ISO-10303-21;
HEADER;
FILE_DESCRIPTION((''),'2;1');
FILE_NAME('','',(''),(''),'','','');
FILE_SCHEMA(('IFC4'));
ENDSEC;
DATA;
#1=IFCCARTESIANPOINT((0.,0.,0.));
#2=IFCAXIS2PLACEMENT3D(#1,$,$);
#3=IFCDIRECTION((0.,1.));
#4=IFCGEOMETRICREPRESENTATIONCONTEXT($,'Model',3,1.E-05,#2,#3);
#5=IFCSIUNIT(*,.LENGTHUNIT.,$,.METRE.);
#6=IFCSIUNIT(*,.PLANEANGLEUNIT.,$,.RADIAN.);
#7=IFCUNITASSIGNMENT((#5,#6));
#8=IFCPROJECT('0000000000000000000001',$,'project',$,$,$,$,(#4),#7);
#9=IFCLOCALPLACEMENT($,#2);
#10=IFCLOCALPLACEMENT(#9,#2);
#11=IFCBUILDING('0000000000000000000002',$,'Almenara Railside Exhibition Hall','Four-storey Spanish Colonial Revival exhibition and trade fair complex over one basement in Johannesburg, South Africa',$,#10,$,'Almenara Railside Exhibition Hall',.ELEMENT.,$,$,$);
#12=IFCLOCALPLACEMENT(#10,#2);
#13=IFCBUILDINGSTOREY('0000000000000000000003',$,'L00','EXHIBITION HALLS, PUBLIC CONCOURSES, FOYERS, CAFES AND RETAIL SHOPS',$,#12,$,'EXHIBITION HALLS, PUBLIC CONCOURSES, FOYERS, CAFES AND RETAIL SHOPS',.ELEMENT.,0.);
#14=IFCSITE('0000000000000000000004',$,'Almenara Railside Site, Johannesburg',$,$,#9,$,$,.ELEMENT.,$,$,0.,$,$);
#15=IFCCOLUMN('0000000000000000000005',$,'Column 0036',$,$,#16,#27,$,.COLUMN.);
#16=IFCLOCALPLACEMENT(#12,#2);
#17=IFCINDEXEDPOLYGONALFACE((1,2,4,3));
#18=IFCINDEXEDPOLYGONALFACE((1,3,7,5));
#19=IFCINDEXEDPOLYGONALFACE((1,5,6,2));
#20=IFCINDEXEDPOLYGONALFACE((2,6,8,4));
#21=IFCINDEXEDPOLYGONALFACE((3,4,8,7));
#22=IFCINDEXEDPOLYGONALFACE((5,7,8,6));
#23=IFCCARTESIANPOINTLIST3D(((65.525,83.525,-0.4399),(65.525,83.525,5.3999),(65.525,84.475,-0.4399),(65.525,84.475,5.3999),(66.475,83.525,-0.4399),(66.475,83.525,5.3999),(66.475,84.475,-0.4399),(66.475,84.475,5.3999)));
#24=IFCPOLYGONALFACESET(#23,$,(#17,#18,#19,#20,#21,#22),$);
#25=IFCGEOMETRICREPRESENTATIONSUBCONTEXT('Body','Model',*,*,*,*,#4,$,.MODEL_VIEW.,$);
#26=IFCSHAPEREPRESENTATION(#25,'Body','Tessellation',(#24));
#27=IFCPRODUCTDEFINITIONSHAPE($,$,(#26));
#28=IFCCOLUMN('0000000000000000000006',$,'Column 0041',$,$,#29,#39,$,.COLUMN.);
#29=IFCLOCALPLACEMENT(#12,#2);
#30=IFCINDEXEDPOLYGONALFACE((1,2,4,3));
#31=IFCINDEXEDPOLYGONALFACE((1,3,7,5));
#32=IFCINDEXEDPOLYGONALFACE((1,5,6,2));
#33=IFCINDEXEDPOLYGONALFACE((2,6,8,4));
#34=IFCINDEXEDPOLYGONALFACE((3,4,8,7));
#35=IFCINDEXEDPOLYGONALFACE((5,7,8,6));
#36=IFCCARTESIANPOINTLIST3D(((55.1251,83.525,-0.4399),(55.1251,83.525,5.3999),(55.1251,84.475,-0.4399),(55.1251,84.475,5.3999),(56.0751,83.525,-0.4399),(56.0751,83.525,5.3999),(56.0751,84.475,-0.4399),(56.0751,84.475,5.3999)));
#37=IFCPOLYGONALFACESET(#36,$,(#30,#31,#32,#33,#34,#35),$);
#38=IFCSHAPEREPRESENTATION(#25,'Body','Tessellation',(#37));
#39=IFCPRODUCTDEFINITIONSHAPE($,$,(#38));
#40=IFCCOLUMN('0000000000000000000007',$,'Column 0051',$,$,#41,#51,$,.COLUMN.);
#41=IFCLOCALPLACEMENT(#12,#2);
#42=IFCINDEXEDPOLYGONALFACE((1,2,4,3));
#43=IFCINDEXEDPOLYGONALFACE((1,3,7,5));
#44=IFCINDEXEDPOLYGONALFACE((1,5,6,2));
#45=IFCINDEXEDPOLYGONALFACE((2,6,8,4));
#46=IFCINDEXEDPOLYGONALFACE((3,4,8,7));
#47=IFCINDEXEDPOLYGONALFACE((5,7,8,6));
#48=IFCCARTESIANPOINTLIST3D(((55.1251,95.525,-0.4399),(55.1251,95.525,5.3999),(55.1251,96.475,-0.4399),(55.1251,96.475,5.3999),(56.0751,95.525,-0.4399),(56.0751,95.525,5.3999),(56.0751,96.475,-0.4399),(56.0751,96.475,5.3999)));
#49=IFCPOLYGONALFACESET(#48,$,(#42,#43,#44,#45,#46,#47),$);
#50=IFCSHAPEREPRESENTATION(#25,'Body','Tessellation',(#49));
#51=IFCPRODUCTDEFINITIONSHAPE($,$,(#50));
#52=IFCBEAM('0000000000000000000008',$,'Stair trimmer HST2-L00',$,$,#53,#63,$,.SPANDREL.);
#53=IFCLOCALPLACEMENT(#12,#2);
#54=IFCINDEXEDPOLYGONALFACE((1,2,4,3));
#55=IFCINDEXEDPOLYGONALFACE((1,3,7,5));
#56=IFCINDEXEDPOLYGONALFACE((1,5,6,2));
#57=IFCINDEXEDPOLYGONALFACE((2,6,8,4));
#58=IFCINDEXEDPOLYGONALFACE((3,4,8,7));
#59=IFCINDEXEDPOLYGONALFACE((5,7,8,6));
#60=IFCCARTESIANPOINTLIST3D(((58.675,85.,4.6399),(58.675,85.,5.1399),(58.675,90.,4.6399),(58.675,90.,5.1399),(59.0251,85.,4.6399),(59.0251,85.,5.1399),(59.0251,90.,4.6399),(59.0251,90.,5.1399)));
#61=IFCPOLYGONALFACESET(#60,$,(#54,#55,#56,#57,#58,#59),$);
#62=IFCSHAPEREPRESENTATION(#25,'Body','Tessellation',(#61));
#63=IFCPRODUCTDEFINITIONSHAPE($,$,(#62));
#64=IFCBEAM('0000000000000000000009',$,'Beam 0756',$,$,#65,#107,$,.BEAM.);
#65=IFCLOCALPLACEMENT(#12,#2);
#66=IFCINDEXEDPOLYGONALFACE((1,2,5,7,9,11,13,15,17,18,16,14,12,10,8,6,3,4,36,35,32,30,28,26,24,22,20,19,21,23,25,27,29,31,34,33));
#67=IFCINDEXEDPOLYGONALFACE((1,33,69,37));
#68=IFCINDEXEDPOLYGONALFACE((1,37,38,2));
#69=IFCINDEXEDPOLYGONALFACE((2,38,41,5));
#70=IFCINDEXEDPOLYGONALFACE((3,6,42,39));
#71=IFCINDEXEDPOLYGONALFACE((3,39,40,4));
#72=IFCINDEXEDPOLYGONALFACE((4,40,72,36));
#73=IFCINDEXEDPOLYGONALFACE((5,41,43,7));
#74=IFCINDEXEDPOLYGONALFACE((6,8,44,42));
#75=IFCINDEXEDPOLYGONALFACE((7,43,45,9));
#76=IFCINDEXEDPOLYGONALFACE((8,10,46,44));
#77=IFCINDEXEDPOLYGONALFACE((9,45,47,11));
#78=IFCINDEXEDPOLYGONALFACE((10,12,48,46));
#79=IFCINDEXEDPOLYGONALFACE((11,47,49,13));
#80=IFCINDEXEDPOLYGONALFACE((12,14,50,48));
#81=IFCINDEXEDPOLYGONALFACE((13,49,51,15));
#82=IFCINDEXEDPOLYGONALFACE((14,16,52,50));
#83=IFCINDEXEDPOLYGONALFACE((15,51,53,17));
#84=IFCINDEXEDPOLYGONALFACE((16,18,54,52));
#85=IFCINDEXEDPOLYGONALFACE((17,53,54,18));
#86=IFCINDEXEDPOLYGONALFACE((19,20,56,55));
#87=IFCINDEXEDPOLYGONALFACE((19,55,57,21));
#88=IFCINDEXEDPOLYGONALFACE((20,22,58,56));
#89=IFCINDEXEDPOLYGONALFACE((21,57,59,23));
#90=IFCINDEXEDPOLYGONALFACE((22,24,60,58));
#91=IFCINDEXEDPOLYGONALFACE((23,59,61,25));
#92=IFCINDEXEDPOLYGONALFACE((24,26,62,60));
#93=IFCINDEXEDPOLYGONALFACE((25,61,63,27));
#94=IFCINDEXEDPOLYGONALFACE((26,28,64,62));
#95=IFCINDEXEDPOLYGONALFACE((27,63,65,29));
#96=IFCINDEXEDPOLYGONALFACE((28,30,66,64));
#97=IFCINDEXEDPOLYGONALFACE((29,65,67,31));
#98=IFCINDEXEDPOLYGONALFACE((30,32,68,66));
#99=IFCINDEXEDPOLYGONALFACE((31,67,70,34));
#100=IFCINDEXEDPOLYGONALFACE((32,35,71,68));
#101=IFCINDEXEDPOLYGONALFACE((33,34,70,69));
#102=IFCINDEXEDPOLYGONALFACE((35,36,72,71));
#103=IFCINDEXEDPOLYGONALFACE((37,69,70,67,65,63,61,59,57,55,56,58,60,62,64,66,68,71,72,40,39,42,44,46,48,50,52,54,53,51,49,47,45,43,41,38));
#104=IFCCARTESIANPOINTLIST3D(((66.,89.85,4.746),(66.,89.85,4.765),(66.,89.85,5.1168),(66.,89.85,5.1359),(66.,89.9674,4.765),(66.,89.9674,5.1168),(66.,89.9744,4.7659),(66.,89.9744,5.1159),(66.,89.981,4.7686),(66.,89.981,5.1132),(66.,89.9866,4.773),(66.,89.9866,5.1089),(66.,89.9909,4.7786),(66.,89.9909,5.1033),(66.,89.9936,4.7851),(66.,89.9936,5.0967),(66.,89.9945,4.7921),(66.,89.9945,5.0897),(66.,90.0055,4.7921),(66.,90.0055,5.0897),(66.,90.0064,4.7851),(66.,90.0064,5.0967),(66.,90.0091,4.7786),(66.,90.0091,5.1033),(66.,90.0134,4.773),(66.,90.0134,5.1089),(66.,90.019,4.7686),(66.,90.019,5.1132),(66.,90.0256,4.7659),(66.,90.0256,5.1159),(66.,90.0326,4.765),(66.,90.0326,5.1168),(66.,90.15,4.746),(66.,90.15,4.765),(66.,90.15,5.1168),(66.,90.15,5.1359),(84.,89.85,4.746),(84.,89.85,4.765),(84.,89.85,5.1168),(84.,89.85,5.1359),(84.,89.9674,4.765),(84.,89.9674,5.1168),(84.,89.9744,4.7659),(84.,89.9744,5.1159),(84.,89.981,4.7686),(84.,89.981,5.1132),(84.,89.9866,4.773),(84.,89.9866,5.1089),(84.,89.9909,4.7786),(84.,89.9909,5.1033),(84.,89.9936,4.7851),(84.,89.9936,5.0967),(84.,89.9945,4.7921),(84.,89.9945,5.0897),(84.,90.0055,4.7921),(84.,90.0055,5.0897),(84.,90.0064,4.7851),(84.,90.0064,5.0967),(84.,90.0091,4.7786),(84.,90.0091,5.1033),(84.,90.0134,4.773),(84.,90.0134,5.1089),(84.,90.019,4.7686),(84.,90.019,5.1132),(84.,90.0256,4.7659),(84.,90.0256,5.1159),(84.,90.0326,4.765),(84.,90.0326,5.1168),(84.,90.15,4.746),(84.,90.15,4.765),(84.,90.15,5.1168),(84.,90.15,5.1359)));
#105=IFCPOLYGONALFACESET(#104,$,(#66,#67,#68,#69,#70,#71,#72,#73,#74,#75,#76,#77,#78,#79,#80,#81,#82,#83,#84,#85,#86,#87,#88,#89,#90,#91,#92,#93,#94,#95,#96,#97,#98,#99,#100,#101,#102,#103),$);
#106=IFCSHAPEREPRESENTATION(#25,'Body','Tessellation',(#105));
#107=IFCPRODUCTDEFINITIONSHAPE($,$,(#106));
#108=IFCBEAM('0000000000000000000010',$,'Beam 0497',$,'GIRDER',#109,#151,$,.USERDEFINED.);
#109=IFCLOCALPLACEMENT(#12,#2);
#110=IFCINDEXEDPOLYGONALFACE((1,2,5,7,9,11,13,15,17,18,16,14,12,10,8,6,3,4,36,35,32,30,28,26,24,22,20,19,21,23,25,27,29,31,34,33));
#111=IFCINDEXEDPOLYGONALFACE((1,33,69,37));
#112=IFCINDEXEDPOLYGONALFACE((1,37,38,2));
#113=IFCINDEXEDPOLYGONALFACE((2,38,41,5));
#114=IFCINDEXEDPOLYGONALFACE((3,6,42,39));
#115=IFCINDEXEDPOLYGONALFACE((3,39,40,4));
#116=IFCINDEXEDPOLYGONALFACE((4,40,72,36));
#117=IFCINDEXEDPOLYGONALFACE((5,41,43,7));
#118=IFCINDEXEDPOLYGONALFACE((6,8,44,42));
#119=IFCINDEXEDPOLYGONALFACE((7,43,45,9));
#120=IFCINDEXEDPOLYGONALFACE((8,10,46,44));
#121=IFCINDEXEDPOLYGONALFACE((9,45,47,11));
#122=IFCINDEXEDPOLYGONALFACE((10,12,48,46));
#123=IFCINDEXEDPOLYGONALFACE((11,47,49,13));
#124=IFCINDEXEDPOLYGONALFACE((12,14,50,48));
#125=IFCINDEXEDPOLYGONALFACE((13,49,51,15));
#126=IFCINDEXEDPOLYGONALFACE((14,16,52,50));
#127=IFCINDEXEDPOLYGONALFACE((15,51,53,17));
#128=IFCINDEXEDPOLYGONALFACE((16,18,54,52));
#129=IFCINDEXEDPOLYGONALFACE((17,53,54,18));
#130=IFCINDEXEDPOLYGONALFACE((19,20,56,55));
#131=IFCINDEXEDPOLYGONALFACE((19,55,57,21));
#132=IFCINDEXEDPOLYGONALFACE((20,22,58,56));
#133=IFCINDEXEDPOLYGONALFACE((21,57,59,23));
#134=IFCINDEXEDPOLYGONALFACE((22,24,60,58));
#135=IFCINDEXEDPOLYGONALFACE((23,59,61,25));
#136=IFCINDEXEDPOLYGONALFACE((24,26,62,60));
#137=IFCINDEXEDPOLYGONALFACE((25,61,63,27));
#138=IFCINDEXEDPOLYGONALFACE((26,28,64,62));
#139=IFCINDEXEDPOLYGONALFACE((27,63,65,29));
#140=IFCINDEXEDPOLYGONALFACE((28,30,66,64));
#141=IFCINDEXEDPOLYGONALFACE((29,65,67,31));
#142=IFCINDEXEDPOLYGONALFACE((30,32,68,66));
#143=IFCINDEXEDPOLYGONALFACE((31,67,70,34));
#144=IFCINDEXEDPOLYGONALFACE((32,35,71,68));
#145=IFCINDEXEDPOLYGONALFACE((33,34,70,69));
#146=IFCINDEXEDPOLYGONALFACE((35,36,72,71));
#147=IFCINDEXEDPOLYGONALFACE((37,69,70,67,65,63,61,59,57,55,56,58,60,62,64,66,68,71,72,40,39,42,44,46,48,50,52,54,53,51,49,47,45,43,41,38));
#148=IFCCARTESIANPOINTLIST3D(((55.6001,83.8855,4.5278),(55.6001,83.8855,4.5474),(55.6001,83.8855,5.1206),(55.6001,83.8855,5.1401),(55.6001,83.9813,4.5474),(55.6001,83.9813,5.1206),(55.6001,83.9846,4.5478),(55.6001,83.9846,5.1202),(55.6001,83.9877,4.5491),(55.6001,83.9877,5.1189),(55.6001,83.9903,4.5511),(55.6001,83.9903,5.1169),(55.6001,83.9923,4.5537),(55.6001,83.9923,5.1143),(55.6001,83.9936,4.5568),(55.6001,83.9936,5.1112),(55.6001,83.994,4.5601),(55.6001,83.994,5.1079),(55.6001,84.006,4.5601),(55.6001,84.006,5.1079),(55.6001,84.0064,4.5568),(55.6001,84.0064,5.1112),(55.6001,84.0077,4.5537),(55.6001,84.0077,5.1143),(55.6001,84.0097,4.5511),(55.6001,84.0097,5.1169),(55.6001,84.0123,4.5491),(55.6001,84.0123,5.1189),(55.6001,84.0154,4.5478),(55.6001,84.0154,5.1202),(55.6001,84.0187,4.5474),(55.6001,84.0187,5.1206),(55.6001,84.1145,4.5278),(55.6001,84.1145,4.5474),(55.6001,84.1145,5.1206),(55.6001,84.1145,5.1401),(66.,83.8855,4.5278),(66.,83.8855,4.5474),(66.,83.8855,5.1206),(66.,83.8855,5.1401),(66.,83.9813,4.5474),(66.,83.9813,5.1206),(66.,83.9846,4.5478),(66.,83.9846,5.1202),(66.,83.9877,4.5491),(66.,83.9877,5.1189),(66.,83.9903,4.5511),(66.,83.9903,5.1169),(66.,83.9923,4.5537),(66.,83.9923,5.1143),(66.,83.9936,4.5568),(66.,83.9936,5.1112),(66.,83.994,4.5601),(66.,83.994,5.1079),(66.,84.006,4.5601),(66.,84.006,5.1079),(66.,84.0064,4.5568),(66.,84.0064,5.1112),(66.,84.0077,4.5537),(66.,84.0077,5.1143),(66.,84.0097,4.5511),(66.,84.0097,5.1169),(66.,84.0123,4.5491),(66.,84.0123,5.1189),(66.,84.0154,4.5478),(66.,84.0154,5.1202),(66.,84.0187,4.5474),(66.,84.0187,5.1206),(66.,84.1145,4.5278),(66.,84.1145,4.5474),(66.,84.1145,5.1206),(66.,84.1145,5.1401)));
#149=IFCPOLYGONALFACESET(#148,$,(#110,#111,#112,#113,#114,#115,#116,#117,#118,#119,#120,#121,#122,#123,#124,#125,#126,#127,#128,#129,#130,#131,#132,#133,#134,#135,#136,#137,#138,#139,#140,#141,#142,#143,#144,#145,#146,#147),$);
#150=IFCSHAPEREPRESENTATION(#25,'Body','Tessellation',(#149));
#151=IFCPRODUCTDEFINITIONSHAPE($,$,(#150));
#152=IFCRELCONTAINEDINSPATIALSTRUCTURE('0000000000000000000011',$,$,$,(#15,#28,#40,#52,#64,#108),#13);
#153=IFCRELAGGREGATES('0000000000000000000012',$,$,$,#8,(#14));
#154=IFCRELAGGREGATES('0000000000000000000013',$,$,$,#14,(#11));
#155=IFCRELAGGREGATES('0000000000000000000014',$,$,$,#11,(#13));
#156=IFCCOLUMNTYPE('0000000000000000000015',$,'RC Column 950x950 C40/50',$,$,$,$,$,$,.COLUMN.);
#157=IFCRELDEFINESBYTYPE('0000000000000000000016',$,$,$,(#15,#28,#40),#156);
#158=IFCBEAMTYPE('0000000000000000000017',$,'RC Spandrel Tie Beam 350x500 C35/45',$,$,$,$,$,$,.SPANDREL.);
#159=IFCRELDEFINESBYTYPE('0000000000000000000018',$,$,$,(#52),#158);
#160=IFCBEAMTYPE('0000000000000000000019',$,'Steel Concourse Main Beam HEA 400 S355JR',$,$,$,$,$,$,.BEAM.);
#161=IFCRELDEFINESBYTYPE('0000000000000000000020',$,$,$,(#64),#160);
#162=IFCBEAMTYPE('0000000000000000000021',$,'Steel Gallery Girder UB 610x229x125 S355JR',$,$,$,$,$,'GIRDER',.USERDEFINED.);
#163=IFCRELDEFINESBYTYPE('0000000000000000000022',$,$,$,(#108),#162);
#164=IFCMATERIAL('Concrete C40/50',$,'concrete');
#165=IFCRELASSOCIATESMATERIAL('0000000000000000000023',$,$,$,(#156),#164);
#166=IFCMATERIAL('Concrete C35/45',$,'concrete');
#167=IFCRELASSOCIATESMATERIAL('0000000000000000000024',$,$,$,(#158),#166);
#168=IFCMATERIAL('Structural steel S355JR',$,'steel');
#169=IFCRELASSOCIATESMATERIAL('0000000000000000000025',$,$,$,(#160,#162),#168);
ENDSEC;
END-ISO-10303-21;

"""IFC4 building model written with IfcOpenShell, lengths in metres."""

from ifc_helpers import new_model, si_unit, direction, frame, origin, origin_2d, place, context, subcontext, project, spatial, rectangle, i_section, extrude, material, material_profile, profile_set, type_object, element, save


model = new_model("IFC4")

# Units and contexts
model_context = context("Model", 3, precision=1e-05, world=origin(), true_north=direction((0.0, 1.0)))
body_context = subcontext(model_context, "Body", "Model", "MODEL_VIEW")
ifc_project = project(units=[si_unit("LENGTHUNIT", "METRE"), si_unit("PLANEANGLEUNIT", "RADIAN")], contexts=[model_context])

# Site, building, storey
site_placement = place(None, origin())
site = spatial("IfcSite", under=ifc_project, at=site_placement, Name="Almenara Railside Site, Johannesburg", CompositionType="ELEMENT", RefElevation=0.0)
building_placement = place(site_placement, origin())
building = spatial("IfcBuilding", under=site, at=building_placement, Name="Almenara Railside Exhibition Hall", Description="Four-storey Spanish Colonial Revival exhibition and trade fair complex over one basement in Johannesburg, South Africa", LongName="Almenara Railside Exhibition Hall", CompositionType="ELEMENT")
storey_placement = place(building_placement, origin())
storey = spatial("IfcBuildingStorey", under=building, at=storey_placement, Name="L00", Description="EXHIBITION HALLS, PUBLIC CONCOURSES, FOYERS, CAFES AND RETAIL SHOPS", LongName="EXHIBITION HALLS, PUBLIC CONCOURSES, FOYERS, CAFES AND RETAIL SHOPS", CompositionType="ELEMENT", Elevation=0.0)

# Shared definitions
ifc_material_1 = material(Name="Concrete C40/50", Category="concrete")

# Shared definitions
ifc_material_2 = material(Name="Concrete C35/45", Category="concrete")

# Columns
ifc_material_profile_1 = material_profile(ifc_material_1, rectangle(XDim=0.95, YDim=0.95, at=origin_2d()), Name="RC 950x950")
ifc_profile_set_1 = profile_set([ifc_material_profile_1], Name="Concrete C40/50")
column_type_1 = type_object("IfcColumnType", Name="RC Column 950x950 C40/50", PredefinedType="COLUMN", material=ifc_profile_set_1)
for number, where, z_axis, x_axis, name in (
    (1, (66.0, 84.0, -0.4399), (0.0, 0.0, 1.0), (1.0, 0.0, 0.0), "Column 0036"),
    (2, (55.6001, 84.0, -0.4399), (0.0, 0.0, 1.0), (1.0, 0.0, 0.0), "Column 0041"),
    (3, (55.6001, 96.0, -0.4399), (0.0, 0.0, 1.0), (1.0, 0.0, 0.0), "Column 0051"),
):
    element("IfcColumn", number, at=place(storey_placement, frame(where, z_axis=z_axis, x_axis=x_axis)), inside=storey, type_object=column_type_1, Name=name, PredefinedType="COLUMN", context=body_context, shape_type="SweptSolid", body=[
        extrude(rectangle(XDim=0.95, YDim=0.95, at=origin_2d()), origin(), (0.0, 0.0, 1.0), 5.8398),
    ])

# Beams
ifc_material_profile_2 = material_profile(ifc_material_2, rectangle(XDim=0.3501, YDim=0.5, at=origin_2d()), Name="RC 350x500")
ifc_profile_set_2 = profile_set([ifc_material_profile_2], Name="Concrete C35/45")
beam_type_1 = type_object("IfcBeamType", Name="RC Spandrel Tie Beam 350x500 C35/45", PredefinedType="SPANDREL", material=ifc_profile_set_2)
beam_1_placement = place(storey_placement, frame((58.8501, 85.0, 4.8899), z_axis=(0.0, 1.0, 0.0), x_axis=(-1.0, 0.0, 0.0)))
element("IfcBeam", 4, at=beam_1_placement, inside=storey, type_object=beam_type_1, Name="Stair trimmer HST2-L00", PredefinedType="SPANDREL", context=body_context, shape_type="SweptSolid", body=[
    extrude(rectangle(XDim=0.3501, YDim=0.5, at=origin_2d()), origin(), (0.0, 0.0, 1.0), 5.0),
])
ifc_material_3 = material(Name="Structural steel S355JR", Category="steel")
ifc_material_profile_3 = material_profile(ifc_material_3, i_section(OverallWidth=0.3, OverallDepth=0.3899, WebThickness=0.011, FlangeThickness=0.019, FilletRadius=0.0271, at=origin_2d()), Name="HEA 400")
ifc_profile_set_3 = profile_set([ifc_material_profile_3], Name="Structural steel S355JR")
beam_type_2 = type_object("IfcBeamType", Name="Steel Concourse Main Beam HEA 400 S355JR", PredefinedType="BEAM", material=ifc_profile_set_3)
beam_2_placement = place(storey_placement, frame((66.0, 90.0, 4.9409), z_axis=(1.0, 0.0, 0.0), x_axis=(0.0, 1.0, 0.0)))
element("IfcBeam", 5, at=beam_2_placement, inside=storey, type_object=beam_type_2, Name="Beam 0756", PredefinedType="BEAM", context=body_context, shape_type="SweptSolid", body=[
    extrude(i_section(OverallWidth=0.3, OverallDepth=0.3899, WebThickness=0.011, FlangeThickness=0.019, FilletRadius=0.0271, at=origin_2d()), origin(), (0.0, 0.0, 1.0), 18.0),
])
ifc_material_profile_4 = material_profile(ifc_material_3, i_section(OverallWidth=0.229, OverallDepth=0.6123, WebThickness=0.012, FlangeThickness=0.0195, FilletRadius=0.0127, at=origin_2d()), Name="UB 610x229x125")
ifc_profile_set_4 = profile_set([ifc_material_profile_4], Name="Structural steel S355JR")
beam_type_3 = type_object("IfcBeamType", Name="Steel Gallery Girder UB 610x229x125 S355JR", ElementType="GIRDER", PredefinedType="USERDEFINED", material=ifc_profile_set_4)
beam_3_placement = place(storey_placement, frame((55.6001, 84.0, 4.834), z_axis=(1.0, 0.0, 0.0), x_axis=(0.0, 1.0, 0.0)))
element("IfcBeam", 6, at=beam_3_placement, inside=storey, type_object=beam_type_3, Name="Beam 0497", ObjectType="GIRDER", PredefinedType="USERDEFINED", context=body_context, shape_type="SweptSolid", body=[
    extrude(i_section(OverallWidth=0.229, OverallDepth=0.6123, WebThickness=0.012, FlangeThickness=0.0195, FilletRadius=0.0127, at=origin_2d()), origin(), (0.0, 0.0, 1.0), 10.3999),
])

save(model, "model.ifc")
